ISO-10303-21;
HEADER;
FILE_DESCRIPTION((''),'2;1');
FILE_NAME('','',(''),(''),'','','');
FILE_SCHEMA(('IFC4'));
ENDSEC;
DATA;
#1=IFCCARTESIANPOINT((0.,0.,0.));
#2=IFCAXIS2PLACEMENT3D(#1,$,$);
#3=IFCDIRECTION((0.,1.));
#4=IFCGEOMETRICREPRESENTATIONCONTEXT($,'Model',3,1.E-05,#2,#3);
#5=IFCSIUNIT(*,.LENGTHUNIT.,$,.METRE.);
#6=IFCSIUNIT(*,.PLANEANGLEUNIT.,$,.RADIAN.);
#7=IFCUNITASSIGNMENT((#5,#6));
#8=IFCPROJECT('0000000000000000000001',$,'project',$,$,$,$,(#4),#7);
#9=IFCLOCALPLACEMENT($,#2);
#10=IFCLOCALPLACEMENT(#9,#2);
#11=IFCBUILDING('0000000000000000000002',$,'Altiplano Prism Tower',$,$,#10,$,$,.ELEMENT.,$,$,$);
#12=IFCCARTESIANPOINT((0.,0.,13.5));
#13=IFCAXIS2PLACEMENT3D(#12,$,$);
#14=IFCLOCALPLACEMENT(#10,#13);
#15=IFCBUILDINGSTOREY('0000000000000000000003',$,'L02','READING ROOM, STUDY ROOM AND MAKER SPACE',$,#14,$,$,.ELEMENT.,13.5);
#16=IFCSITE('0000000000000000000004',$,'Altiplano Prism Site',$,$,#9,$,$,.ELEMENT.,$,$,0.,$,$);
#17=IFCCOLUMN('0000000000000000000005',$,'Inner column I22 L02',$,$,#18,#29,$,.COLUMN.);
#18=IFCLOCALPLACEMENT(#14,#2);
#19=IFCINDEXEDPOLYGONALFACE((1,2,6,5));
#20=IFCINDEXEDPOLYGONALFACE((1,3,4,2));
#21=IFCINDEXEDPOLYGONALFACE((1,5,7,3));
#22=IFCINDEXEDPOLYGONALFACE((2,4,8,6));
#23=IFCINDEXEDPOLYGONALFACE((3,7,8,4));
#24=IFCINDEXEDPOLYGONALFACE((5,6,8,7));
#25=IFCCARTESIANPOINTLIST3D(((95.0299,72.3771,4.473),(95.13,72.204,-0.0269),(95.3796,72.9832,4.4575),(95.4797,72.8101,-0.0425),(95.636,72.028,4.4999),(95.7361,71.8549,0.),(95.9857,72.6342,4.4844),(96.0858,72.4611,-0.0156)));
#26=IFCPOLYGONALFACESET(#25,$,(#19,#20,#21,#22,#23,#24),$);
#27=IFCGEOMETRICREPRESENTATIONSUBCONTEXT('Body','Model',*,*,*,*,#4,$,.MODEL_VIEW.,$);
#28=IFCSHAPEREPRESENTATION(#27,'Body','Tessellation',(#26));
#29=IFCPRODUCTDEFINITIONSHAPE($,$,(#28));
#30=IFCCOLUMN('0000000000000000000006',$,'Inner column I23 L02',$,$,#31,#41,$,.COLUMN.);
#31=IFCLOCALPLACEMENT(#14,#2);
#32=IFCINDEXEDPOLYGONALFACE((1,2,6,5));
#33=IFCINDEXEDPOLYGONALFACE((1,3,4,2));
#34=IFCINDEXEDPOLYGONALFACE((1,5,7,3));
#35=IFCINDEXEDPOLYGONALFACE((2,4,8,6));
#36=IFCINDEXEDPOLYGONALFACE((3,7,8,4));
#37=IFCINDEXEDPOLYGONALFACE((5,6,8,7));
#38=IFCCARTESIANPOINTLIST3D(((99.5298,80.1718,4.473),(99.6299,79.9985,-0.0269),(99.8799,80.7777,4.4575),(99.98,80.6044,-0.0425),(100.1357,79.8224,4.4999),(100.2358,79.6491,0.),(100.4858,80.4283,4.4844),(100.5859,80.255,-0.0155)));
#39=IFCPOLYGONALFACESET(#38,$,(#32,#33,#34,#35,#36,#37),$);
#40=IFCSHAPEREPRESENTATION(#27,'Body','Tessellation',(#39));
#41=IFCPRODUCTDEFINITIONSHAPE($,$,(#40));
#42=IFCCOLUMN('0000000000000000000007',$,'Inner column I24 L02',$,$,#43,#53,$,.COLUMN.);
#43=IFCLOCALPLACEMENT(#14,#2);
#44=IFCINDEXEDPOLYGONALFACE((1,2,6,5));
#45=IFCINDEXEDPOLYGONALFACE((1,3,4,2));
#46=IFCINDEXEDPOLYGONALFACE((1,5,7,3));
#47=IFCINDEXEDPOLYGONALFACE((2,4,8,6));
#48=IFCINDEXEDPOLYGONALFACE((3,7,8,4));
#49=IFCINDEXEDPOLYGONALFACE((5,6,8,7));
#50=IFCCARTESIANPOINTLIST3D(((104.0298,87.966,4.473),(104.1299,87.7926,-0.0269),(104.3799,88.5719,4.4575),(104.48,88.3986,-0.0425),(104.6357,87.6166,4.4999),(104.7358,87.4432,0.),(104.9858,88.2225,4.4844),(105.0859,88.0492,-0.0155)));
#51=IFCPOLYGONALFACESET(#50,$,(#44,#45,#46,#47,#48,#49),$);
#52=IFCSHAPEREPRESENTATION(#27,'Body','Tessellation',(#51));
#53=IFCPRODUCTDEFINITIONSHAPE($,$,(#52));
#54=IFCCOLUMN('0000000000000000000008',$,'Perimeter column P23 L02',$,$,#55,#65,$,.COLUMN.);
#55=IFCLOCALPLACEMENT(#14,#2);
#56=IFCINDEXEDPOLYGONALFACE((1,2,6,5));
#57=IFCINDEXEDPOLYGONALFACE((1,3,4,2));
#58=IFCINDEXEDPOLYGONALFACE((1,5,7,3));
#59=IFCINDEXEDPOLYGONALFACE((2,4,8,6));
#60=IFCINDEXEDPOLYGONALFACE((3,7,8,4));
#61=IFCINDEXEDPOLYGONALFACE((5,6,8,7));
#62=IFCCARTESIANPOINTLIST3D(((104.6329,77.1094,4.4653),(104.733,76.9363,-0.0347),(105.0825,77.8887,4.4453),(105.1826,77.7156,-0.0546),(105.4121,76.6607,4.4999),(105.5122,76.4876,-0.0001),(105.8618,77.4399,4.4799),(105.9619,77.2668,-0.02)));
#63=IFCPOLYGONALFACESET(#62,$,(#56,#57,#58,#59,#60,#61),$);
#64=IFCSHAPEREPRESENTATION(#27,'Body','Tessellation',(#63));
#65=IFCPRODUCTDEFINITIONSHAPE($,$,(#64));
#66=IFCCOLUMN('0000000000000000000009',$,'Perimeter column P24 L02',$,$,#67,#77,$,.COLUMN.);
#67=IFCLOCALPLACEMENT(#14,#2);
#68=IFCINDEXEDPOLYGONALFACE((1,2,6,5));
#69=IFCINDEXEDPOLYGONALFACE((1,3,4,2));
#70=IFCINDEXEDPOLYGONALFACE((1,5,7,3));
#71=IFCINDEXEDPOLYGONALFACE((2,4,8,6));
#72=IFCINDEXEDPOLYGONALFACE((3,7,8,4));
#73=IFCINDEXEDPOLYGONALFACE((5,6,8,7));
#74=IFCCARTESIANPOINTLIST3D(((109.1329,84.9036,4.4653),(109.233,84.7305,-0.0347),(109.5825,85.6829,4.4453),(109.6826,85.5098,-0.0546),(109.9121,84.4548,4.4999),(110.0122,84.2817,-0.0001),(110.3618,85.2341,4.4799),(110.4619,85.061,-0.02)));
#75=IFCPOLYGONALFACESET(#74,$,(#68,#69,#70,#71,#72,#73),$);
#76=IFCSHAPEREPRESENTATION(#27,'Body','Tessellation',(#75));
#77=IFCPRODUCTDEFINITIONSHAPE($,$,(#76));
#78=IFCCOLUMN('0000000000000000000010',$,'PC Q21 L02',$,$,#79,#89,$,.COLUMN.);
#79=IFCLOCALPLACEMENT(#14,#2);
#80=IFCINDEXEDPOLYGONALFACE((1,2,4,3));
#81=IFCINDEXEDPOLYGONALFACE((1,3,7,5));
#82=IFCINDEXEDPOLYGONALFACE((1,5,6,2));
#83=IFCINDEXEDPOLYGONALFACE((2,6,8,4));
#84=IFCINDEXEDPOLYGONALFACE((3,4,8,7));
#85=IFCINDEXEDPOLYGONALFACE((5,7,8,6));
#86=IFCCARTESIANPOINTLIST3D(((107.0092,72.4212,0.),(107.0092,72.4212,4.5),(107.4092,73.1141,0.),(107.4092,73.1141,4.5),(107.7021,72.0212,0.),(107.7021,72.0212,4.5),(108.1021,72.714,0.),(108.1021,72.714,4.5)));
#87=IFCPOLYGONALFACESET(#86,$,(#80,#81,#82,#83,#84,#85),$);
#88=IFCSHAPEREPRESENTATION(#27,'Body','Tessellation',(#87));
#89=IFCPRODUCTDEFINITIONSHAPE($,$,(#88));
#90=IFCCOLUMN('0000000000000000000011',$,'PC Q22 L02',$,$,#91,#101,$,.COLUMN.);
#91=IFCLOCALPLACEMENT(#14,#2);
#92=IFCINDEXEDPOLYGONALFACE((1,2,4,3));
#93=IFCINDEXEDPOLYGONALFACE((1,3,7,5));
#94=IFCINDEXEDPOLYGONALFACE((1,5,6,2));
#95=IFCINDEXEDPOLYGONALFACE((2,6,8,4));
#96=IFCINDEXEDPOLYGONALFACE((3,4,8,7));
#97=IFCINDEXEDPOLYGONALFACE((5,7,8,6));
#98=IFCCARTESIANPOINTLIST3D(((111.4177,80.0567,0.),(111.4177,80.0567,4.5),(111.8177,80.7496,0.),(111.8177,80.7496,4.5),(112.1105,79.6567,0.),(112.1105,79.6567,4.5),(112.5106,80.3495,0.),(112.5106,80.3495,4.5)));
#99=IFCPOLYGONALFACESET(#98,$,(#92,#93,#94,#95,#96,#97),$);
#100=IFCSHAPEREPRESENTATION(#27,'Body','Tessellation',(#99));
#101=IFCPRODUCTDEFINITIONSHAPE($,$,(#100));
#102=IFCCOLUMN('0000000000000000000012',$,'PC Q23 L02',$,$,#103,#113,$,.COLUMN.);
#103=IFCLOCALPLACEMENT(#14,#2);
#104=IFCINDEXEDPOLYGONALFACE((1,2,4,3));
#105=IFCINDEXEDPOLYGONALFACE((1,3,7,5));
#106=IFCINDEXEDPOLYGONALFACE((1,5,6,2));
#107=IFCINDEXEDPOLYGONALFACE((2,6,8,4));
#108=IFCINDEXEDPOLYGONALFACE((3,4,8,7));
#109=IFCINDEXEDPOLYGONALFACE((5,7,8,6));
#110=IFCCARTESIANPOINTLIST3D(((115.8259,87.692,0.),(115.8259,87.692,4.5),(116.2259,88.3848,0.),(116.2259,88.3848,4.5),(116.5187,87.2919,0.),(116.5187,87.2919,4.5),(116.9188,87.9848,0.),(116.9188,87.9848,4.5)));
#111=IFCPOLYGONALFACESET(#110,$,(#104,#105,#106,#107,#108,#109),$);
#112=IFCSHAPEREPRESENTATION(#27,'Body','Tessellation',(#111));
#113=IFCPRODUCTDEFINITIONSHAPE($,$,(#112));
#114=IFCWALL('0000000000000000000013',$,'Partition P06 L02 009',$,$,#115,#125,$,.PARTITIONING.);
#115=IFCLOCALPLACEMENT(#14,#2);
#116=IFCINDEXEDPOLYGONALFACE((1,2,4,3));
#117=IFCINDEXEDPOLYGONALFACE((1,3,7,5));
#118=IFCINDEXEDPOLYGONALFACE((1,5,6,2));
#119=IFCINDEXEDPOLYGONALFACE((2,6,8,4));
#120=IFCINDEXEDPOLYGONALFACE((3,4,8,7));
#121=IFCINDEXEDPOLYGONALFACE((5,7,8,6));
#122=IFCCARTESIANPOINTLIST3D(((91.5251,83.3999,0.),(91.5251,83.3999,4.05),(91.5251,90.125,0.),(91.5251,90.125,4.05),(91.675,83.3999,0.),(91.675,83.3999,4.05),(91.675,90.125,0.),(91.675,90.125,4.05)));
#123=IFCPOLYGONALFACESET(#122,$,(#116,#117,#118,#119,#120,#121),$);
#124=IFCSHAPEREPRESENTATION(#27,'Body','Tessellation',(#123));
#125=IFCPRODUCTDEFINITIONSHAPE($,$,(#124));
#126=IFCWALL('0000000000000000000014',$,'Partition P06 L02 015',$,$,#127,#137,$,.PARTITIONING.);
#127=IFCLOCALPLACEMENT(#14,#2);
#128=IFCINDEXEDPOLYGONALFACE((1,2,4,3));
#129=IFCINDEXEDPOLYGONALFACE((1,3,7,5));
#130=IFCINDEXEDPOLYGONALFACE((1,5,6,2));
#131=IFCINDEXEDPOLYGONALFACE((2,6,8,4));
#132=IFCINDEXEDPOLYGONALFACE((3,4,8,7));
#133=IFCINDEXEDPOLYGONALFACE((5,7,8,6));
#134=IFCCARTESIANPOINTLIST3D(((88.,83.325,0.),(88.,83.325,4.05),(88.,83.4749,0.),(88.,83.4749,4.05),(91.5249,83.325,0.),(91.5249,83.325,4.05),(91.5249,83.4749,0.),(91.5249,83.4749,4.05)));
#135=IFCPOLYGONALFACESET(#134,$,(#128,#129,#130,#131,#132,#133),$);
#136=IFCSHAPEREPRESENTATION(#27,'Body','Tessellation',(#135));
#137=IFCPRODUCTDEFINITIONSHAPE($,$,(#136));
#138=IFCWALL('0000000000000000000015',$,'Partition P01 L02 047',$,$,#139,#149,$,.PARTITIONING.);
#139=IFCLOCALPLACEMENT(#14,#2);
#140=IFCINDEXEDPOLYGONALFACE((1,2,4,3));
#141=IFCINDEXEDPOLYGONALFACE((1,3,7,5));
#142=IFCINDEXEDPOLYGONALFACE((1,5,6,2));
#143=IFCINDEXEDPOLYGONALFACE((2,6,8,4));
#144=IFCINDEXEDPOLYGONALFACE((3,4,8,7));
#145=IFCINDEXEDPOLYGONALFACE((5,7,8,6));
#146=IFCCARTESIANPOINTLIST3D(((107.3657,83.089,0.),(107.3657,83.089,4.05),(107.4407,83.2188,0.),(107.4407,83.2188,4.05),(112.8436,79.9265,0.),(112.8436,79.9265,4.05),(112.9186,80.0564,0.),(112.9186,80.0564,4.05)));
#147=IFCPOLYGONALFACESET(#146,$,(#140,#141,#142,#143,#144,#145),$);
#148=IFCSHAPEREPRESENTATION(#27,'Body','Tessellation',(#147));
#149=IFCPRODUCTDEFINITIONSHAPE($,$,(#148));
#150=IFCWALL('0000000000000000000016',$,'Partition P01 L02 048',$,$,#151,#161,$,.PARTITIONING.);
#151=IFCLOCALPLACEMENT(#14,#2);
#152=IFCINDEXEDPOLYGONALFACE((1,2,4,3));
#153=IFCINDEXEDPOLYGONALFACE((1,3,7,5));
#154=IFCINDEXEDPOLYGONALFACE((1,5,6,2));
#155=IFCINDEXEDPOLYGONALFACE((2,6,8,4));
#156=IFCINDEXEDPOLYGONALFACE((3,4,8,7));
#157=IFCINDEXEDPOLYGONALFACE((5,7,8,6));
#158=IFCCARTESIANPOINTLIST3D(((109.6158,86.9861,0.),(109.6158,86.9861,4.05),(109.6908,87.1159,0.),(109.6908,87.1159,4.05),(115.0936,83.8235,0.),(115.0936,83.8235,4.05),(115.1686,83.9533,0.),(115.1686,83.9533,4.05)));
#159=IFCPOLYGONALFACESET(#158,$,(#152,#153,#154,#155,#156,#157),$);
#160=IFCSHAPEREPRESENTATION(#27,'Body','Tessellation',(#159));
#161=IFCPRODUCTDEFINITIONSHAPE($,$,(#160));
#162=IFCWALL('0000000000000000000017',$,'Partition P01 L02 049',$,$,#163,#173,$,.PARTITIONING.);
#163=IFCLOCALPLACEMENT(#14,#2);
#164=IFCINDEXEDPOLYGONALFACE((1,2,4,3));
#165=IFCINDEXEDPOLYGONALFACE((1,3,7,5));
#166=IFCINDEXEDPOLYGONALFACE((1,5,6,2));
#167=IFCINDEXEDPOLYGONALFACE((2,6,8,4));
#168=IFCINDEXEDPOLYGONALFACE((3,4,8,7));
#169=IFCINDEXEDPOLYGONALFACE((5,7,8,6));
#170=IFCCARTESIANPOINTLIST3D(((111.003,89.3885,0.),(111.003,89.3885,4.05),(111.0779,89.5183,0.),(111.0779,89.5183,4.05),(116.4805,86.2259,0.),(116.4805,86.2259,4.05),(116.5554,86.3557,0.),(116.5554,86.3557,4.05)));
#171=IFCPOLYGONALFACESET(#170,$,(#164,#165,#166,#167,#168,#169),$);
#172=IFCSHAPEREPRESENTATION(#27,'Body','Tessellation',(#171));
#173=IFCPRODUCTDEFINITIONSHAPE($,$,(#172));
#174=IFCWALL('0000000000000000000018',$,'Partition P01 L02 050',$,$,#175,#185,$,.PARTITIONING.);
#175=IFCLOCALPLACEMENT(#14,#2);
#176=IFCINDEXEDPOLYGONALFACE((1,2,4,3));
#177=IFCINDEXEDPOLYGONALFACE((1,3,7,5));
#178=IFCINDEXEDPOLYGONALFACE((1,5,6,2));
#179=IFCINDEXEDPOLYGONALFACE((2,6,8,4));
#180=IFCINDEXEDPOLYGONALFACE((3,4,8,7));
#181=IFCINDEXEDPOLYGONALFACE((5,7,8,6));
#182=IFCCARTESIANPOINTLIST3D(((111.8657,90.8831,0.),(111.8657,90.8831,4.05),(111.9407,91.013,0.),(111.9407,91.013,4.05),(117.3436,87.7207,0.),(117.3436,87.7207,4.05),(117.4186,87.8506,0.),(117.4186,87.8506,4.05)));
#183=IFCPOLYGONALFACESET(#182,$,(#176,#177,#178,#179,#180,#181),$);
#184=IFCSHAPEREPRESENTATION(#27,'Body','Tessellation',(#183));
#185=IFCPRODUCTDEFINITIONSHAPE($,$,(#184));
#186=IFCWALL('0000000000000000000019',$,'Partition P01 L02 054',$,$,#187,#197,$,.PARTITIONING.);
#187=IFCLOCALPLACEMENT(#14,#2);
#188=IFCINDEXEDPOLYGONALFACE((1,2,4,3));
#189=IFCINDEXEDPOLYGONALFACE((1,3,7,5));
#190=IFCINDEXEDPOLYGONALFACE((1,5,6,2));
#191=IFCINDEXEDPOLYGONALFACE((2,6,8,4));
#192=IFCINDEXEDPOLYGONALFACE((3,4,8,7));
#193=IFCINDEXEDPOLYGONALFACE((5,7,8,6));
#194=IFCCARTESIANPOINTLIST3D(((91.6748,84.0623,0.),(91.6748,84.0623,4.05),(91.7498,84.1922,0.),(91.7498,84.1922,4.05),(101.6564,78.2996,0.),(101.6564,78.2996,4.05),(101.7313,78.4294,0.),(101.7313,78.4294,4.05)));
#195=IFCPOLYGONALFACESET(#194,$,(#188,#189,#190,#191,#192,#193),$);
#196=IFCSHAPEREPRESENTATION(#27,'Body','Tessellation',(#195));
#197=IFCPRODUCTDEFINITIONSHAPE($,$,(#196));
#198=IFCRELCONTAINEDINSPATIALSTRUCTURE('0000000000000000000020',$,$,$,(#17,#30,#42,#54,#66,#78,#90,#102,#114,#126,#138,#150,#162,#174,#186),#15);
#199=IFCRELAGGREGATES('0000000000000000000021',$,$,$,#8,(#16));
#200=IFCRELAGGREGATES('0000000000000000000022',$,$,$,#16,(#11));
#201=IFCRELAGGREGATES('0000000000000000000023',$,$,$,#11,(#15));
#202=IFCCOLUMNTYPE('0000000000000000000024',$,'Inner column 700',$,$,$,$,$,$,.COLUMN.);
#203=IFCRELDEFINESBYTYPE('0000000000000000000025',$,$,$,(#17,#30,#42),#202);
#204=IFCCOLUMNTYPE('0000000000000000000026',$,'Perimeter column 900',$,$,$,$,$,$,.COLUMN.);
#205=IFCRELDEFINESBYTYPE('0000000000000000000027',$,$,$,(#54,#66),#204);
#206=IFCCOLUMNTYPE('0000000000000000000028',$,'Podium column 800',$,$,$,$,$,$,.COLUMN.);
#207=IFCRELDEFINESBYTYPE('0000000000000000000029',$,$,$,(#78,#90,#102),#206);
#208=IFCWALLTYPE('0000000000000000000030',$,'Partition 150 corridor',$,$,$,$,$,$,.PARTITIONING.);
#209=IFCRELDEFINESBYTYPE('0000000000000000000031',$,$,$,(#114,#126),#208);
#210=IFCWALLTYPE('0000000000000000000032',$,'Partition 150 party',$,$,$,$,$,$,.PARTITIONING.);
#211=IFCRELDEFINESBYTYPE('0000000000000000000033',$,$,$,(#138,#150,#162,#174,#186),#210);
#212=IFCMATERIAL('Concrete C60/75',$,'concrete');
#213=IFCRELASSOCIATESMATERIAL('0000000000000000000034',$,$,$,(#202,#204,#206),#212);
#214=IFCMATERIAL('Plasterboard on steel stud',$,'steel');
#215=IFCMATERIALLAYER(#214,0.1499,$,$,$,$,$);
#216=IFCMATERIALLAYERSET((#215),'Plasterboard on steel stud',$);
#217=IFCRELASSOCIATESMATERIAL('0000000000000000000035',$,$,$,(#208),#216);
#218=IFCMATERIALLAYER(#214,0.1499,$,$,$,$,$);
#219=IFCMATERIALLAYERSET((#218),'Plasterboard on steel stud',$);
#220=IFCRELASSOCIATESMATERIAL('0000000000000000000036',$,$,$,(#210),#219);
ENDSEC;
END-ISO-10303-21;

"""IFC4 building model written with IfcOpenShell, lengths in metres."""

from ifc_helpers import new_model, si_unit, direction, frame, frame_2d, origin, origin_2d, place, context, subcontext, project, spatial, rectangle, extrude, material, layer, layer_set, material_profile, profile_set, type_object, element, save


model = new_model("IFC4")

# Units and contexts
model_context = context("Model", 3, precision=1e-05, world=origin(), true_north=direction((0.0, 1.0)))
body_context = subcontext(model_context, "Body", "Model", "MODEL_VIEW")
ifc_project = project(units=[si_unit("LENGTHUNIT", "METRE"), si_unit("PLANEANGLEUNIT", "RADIAN")], contexts=[model_context])

# Site, building, storey
site_placement = place(None, origin())
site = spatial("IfcSite", under=ifc_project, at=site_placement, Name="Altiplano Prism Site", CompositionType="ELEMENT", RefElevation=0.0)
building_placement = place(site_placement, origin())
building = spatial("IfcBuilding", under=site, at=building_placement, Name="Altiplano Prism Tower", CompositionType="ELEMENT")
storey_placement = place(building_placement, frame((0.0, 0.0, 13.5)))
storey = spatial("IfcBuildingStorey", under=building, at=storey_placement, Name="L02", Description="READING ROOM, STUDY ROOM AND MAKER SPACE", CompositionType="ELEMENT", Elevation=13.5)

# Columns
ifc_material_1 = material(Name="Concrete C60/75", Category="concrete")
ifc_material_profile_1 = material_profile(ifc_material_1, rectangle(XDim=0.7, YDim=0.7, at=origin_2d()), Name="Inner column 700")
ifc_profile_set_1 = profile_set([ifc_material_profile_1], Name="Concrete C60/75")
column_type_1 = type_object("IfcColumnType", Name="Inner column 700", PredefinedType="COLUMN", material=ifc_profile_set_1)
for number, where, z_axis, x_axis, name in (
    (1, (95.6079, 72.3325, -0.0212), (-0.022222, 0.038428, 0.999014), (-0.499642, -0.865947, 0.022195), "Inner column I22 L02"),
    (2, (100.1079, 80.1267, -0.0212), (-0.022222, 0.038482, 0.999012), (-0.50017, -0.865642, 0.022219), "Inner column I23 L02"),
    (3, (104.6079, 87.9209, -0.0212), (-0.022222, 0.038482, 0.999012), (-0.50017, -0.865642, 0.022219), "Inner column I24 L02"),
):
    element("IfcColumn", number, at=place(storey_placement, frame(where, z_axis=z_axis, x_axis=x_axis)), inside=storey, type_object=column_type_1, Name=name, PredefinedType="COLUMN", context=body_context, shape_type="SweptSolid", body=[
        extrude(rectangle(XDim=0.7, YDim=0.7, at=origin_2d()), origin(), (0.0, 0.0, 1.0), 4.5044),
    ])
ifc_material_profile_2 = material_profile(ifc_material_1, rectangle(XDim=0.8999, YDim=0.8999, at=origin_2d()), Name="Perimeter column 900")
ifc_profile_set_2 = profile_set([ifc_material_profile_2], Name="Concrete C60/75")
column_type_2 = type_object("IfcColumnType", Name="Perimeter column 900", PredefinedType="COLUMN", material=ifc_profile_set_2)
for number, where, z_axis, x_axis, name in (
    (4, (105.3474, 77.1016, -0.0273), (-0.022222, 0.038428, 0.999014), (-0.499641, -0.865948, 0.022195), "Perimeter column P23 L02"),
    (5, (109.8474, 84.8958, -0.0273), (-0.022222, 0.038428, 0.999014), (-0.499641, -0.865948, 0.022195), "Perimeter column P24 L02"),
):
    element("IfcColumn", number, at=place(storey_placement, frame(where, z_axis=z_axis, x_axis=x_axis)), inside=storey, type_object=column_type_2, Name=name, PredefinedType="COLUMN", context=body_context, shape_type="SweptSolid", body=[
        extrude(rectangle(XDim=0.8999, YDim=0.8999, at=origin_2d()), origin(), (0.0, 0.0, 1.0), 4.5044),
    ])
ifc_material_profile_3 = material_profile(ifc_material_1, rectangle(XDim=0.8, YDim=0.8, at=origin_2d()), Name="Podium column 800")
ifc_profile_set_3 = profile_set([ifc_material_profile_3], Name="Concrete C60/75")
column_type_3 = type_object("IfcColumnType", Name="Podium column 800", PredefinedType="COLUMN", material=ifc_profile_set_3)
for number, where, z_axis, x_axis, name in (
    (6, (107.5557, 72.5676, 0.0), (0.0, 0.0, 1.0), (0.5, 0.866025, 0.0), "PC Q21 L02"),
    (7, (111.9641, 80.2031, 0.0), (0.0, 0.0, 1.0), (0.5, 0.866025, 0.0), "PC Q22 L02"),
    (8, (116.3723, 87.8384, 0.0), (0.0, 0.0, 1.0), (0.5, 0.866025, 0.0), "PC Q23 L02"),
):
    element("IfcColumn", number, at=place(storey_placement, frame(where, z_axis=z_axis, x_axis=x_axis)), inside=storey, type_object=column_type_3, Name=name, PredefinedType="COLUMN", context=body_context, shape_type="SweptSolid", body=[
        extrude(rectangle(XDim=0.8, YDim=0.8, at=origin_2d()), origin(), (0.0, 0.0, 1.0), 4.5),
    ])

# Walls
ifc_material_2 = material(Name="Plasterboard on steel stud", Category="steel")
ifc_layer_1 = layer(ifc_material_2, 0.1499)
ifc_layer_set_1 = layer_set([ifc_layer_1], Name="Plasterboard on steel stud")
wall_type_1 = type_object("IfcWallType", Name="Partition 150 corridor", PredefinedType="PARTITIONING", material=ifc_layer_set_1)
wall_1_placement = place(storey_placement, frame((91.6001, 83.3999, 0.0), z_axis=(0.0, 0.0, 1.0), x_axis=(0.0, 1.0, 0.0)))
element("IfcWall", 9, at=wall_1_placement, inside=storey, type_object=wall_type_1, Name="Partition P06 L02 009", PredefinedType="PARTITIONING", context=body_context, shape_type="SweptSolid", body=[
    extrude(rectangle(XDim=6.7251, YDim=0.1499, at=frame_2d((3.3625, 0.0))), origin(), (0.0, 0.0, 1.0), 4.05),
])
wall_2_placement = place(storey_placement, frame((88.0, 83.3999, 0.0), z_axis=(0.0, 0.0, 1.0), x_axis=(1.0, 0.0, 0.0)))
element("IfcWall", 10, at=wall_2_placement, inside=storey, type_object=wall_type_1, Name="Partition P06 L02 015", PredefinedType="PARTITIONING", context=body_context, shape_type="SweptSolid", body=[
    extrude(rectangle(XDim=3.5249, YDim=0.1499, at=frame_2d((1.7625, 0.0))), origin(), (0.0, 0.0, 1.0), 4.05),
])
ifc_layer_2 = layer(ifc_material_2, 0.1499)
ifc_layer_set_2 = layer_set([ifc_layer_2], Name="Plasterboard on steel stud")
wall_type_2 = type_object("IfcWallType", Name="Partition 150 party", PredefinedType="PARTITIONING", material=ifc_layer_set_2)
for number, where, z_axis, x_axis, name in (
    (11, (112.8811, 79.9915, 0.0), (0.0, 0.0, 1.0), (-0.866042, 0.499971, 0.0), "Partition P01 L02 047"),
    (12, (115.1311, 83.8884, 0.0), (0.0, 0.0, 1.0), (-0.866026, 0.5, 0.0), "Partition P01 L02 048"),
):
    element("IfcWall", number, at=place(storey_placement, frame(where, z_axis=z_axis, x_axis=x_axis)), inside=storey, type_object=wall_type_2, Name=name, PredefinedType="PARTITIONING", context=body_context, shape_type="SweptSolid", body=[
        extrude(rectangle(XDim=6.3252, YDim=0.1499, at=frame_2d((3.1626, 0.0))), origin(), (0.0, 0.0, 1.0), 4.05),
    ])
wall_3_placement = place(storey_placement, frame((116.5181, 86.2908, 0.0), z_axis=(0.0, 0.0, 1.0), x_axis=(-0.866016, 0.500016, 0.0)))
element("IfcWall", 13, at=wall_3_placement, inside=storey, type_object=wall_type_2, Name="Partition P01 L02 049", PredefinedType="PARTITIONING", context=body_context, shape_type="SweptSolid", body=[
    extrude(rectangle(XDim=6.325, YDim=0.1499, at=frame_2d((3.1626, 0.0))), origin(), (0.0, 0.0, 1.0), 4.05),
])
wall_4_placement = place(storey_placement, frame((117.3811, 87.7856, 0.0), z_axis=(0.0, 0.0, 1.0), x_axis=(-0.866042, 0.499971, 0.0)))
element("IfcWall", 14, at=wall_4_placement, inside=storey, type_object=wall_type_2, Name="Partition P01 L02 050", PredefinedType="PARTITIONING", context=body_context, shape_type="SweptSolid", body=[
    extrude(rectangle(XDim=6.3252, YDim=0.1499, at=frame_2d((3.1626, 0.0))), origin(), (0.0, 0.0, 1.0), 4.05),
])
wall_5_placement = place(storey_placement, frame((91.7124, 84.1272, 0.0), z_axis=(0.0, 0.0, 1.0), x_axis=(0.866029, -0.499994, 0.0)))
element("IfcWall", 15, at=wall_5_placement, inside=storey, type_object=wall_type_2, Name="Partition P01 L02 054", PredefinedType="PARTITIONING", context=body_context, shape_type="SweptSolid", body=[
    extrude(rectangle(XDim=11.5256, YDim=0.1499, at=frame_2d((5.7627, 0.0))), origin(), (0.0, 0.0, 1.0), 4.05),
])

save(model, "model.ifc")
